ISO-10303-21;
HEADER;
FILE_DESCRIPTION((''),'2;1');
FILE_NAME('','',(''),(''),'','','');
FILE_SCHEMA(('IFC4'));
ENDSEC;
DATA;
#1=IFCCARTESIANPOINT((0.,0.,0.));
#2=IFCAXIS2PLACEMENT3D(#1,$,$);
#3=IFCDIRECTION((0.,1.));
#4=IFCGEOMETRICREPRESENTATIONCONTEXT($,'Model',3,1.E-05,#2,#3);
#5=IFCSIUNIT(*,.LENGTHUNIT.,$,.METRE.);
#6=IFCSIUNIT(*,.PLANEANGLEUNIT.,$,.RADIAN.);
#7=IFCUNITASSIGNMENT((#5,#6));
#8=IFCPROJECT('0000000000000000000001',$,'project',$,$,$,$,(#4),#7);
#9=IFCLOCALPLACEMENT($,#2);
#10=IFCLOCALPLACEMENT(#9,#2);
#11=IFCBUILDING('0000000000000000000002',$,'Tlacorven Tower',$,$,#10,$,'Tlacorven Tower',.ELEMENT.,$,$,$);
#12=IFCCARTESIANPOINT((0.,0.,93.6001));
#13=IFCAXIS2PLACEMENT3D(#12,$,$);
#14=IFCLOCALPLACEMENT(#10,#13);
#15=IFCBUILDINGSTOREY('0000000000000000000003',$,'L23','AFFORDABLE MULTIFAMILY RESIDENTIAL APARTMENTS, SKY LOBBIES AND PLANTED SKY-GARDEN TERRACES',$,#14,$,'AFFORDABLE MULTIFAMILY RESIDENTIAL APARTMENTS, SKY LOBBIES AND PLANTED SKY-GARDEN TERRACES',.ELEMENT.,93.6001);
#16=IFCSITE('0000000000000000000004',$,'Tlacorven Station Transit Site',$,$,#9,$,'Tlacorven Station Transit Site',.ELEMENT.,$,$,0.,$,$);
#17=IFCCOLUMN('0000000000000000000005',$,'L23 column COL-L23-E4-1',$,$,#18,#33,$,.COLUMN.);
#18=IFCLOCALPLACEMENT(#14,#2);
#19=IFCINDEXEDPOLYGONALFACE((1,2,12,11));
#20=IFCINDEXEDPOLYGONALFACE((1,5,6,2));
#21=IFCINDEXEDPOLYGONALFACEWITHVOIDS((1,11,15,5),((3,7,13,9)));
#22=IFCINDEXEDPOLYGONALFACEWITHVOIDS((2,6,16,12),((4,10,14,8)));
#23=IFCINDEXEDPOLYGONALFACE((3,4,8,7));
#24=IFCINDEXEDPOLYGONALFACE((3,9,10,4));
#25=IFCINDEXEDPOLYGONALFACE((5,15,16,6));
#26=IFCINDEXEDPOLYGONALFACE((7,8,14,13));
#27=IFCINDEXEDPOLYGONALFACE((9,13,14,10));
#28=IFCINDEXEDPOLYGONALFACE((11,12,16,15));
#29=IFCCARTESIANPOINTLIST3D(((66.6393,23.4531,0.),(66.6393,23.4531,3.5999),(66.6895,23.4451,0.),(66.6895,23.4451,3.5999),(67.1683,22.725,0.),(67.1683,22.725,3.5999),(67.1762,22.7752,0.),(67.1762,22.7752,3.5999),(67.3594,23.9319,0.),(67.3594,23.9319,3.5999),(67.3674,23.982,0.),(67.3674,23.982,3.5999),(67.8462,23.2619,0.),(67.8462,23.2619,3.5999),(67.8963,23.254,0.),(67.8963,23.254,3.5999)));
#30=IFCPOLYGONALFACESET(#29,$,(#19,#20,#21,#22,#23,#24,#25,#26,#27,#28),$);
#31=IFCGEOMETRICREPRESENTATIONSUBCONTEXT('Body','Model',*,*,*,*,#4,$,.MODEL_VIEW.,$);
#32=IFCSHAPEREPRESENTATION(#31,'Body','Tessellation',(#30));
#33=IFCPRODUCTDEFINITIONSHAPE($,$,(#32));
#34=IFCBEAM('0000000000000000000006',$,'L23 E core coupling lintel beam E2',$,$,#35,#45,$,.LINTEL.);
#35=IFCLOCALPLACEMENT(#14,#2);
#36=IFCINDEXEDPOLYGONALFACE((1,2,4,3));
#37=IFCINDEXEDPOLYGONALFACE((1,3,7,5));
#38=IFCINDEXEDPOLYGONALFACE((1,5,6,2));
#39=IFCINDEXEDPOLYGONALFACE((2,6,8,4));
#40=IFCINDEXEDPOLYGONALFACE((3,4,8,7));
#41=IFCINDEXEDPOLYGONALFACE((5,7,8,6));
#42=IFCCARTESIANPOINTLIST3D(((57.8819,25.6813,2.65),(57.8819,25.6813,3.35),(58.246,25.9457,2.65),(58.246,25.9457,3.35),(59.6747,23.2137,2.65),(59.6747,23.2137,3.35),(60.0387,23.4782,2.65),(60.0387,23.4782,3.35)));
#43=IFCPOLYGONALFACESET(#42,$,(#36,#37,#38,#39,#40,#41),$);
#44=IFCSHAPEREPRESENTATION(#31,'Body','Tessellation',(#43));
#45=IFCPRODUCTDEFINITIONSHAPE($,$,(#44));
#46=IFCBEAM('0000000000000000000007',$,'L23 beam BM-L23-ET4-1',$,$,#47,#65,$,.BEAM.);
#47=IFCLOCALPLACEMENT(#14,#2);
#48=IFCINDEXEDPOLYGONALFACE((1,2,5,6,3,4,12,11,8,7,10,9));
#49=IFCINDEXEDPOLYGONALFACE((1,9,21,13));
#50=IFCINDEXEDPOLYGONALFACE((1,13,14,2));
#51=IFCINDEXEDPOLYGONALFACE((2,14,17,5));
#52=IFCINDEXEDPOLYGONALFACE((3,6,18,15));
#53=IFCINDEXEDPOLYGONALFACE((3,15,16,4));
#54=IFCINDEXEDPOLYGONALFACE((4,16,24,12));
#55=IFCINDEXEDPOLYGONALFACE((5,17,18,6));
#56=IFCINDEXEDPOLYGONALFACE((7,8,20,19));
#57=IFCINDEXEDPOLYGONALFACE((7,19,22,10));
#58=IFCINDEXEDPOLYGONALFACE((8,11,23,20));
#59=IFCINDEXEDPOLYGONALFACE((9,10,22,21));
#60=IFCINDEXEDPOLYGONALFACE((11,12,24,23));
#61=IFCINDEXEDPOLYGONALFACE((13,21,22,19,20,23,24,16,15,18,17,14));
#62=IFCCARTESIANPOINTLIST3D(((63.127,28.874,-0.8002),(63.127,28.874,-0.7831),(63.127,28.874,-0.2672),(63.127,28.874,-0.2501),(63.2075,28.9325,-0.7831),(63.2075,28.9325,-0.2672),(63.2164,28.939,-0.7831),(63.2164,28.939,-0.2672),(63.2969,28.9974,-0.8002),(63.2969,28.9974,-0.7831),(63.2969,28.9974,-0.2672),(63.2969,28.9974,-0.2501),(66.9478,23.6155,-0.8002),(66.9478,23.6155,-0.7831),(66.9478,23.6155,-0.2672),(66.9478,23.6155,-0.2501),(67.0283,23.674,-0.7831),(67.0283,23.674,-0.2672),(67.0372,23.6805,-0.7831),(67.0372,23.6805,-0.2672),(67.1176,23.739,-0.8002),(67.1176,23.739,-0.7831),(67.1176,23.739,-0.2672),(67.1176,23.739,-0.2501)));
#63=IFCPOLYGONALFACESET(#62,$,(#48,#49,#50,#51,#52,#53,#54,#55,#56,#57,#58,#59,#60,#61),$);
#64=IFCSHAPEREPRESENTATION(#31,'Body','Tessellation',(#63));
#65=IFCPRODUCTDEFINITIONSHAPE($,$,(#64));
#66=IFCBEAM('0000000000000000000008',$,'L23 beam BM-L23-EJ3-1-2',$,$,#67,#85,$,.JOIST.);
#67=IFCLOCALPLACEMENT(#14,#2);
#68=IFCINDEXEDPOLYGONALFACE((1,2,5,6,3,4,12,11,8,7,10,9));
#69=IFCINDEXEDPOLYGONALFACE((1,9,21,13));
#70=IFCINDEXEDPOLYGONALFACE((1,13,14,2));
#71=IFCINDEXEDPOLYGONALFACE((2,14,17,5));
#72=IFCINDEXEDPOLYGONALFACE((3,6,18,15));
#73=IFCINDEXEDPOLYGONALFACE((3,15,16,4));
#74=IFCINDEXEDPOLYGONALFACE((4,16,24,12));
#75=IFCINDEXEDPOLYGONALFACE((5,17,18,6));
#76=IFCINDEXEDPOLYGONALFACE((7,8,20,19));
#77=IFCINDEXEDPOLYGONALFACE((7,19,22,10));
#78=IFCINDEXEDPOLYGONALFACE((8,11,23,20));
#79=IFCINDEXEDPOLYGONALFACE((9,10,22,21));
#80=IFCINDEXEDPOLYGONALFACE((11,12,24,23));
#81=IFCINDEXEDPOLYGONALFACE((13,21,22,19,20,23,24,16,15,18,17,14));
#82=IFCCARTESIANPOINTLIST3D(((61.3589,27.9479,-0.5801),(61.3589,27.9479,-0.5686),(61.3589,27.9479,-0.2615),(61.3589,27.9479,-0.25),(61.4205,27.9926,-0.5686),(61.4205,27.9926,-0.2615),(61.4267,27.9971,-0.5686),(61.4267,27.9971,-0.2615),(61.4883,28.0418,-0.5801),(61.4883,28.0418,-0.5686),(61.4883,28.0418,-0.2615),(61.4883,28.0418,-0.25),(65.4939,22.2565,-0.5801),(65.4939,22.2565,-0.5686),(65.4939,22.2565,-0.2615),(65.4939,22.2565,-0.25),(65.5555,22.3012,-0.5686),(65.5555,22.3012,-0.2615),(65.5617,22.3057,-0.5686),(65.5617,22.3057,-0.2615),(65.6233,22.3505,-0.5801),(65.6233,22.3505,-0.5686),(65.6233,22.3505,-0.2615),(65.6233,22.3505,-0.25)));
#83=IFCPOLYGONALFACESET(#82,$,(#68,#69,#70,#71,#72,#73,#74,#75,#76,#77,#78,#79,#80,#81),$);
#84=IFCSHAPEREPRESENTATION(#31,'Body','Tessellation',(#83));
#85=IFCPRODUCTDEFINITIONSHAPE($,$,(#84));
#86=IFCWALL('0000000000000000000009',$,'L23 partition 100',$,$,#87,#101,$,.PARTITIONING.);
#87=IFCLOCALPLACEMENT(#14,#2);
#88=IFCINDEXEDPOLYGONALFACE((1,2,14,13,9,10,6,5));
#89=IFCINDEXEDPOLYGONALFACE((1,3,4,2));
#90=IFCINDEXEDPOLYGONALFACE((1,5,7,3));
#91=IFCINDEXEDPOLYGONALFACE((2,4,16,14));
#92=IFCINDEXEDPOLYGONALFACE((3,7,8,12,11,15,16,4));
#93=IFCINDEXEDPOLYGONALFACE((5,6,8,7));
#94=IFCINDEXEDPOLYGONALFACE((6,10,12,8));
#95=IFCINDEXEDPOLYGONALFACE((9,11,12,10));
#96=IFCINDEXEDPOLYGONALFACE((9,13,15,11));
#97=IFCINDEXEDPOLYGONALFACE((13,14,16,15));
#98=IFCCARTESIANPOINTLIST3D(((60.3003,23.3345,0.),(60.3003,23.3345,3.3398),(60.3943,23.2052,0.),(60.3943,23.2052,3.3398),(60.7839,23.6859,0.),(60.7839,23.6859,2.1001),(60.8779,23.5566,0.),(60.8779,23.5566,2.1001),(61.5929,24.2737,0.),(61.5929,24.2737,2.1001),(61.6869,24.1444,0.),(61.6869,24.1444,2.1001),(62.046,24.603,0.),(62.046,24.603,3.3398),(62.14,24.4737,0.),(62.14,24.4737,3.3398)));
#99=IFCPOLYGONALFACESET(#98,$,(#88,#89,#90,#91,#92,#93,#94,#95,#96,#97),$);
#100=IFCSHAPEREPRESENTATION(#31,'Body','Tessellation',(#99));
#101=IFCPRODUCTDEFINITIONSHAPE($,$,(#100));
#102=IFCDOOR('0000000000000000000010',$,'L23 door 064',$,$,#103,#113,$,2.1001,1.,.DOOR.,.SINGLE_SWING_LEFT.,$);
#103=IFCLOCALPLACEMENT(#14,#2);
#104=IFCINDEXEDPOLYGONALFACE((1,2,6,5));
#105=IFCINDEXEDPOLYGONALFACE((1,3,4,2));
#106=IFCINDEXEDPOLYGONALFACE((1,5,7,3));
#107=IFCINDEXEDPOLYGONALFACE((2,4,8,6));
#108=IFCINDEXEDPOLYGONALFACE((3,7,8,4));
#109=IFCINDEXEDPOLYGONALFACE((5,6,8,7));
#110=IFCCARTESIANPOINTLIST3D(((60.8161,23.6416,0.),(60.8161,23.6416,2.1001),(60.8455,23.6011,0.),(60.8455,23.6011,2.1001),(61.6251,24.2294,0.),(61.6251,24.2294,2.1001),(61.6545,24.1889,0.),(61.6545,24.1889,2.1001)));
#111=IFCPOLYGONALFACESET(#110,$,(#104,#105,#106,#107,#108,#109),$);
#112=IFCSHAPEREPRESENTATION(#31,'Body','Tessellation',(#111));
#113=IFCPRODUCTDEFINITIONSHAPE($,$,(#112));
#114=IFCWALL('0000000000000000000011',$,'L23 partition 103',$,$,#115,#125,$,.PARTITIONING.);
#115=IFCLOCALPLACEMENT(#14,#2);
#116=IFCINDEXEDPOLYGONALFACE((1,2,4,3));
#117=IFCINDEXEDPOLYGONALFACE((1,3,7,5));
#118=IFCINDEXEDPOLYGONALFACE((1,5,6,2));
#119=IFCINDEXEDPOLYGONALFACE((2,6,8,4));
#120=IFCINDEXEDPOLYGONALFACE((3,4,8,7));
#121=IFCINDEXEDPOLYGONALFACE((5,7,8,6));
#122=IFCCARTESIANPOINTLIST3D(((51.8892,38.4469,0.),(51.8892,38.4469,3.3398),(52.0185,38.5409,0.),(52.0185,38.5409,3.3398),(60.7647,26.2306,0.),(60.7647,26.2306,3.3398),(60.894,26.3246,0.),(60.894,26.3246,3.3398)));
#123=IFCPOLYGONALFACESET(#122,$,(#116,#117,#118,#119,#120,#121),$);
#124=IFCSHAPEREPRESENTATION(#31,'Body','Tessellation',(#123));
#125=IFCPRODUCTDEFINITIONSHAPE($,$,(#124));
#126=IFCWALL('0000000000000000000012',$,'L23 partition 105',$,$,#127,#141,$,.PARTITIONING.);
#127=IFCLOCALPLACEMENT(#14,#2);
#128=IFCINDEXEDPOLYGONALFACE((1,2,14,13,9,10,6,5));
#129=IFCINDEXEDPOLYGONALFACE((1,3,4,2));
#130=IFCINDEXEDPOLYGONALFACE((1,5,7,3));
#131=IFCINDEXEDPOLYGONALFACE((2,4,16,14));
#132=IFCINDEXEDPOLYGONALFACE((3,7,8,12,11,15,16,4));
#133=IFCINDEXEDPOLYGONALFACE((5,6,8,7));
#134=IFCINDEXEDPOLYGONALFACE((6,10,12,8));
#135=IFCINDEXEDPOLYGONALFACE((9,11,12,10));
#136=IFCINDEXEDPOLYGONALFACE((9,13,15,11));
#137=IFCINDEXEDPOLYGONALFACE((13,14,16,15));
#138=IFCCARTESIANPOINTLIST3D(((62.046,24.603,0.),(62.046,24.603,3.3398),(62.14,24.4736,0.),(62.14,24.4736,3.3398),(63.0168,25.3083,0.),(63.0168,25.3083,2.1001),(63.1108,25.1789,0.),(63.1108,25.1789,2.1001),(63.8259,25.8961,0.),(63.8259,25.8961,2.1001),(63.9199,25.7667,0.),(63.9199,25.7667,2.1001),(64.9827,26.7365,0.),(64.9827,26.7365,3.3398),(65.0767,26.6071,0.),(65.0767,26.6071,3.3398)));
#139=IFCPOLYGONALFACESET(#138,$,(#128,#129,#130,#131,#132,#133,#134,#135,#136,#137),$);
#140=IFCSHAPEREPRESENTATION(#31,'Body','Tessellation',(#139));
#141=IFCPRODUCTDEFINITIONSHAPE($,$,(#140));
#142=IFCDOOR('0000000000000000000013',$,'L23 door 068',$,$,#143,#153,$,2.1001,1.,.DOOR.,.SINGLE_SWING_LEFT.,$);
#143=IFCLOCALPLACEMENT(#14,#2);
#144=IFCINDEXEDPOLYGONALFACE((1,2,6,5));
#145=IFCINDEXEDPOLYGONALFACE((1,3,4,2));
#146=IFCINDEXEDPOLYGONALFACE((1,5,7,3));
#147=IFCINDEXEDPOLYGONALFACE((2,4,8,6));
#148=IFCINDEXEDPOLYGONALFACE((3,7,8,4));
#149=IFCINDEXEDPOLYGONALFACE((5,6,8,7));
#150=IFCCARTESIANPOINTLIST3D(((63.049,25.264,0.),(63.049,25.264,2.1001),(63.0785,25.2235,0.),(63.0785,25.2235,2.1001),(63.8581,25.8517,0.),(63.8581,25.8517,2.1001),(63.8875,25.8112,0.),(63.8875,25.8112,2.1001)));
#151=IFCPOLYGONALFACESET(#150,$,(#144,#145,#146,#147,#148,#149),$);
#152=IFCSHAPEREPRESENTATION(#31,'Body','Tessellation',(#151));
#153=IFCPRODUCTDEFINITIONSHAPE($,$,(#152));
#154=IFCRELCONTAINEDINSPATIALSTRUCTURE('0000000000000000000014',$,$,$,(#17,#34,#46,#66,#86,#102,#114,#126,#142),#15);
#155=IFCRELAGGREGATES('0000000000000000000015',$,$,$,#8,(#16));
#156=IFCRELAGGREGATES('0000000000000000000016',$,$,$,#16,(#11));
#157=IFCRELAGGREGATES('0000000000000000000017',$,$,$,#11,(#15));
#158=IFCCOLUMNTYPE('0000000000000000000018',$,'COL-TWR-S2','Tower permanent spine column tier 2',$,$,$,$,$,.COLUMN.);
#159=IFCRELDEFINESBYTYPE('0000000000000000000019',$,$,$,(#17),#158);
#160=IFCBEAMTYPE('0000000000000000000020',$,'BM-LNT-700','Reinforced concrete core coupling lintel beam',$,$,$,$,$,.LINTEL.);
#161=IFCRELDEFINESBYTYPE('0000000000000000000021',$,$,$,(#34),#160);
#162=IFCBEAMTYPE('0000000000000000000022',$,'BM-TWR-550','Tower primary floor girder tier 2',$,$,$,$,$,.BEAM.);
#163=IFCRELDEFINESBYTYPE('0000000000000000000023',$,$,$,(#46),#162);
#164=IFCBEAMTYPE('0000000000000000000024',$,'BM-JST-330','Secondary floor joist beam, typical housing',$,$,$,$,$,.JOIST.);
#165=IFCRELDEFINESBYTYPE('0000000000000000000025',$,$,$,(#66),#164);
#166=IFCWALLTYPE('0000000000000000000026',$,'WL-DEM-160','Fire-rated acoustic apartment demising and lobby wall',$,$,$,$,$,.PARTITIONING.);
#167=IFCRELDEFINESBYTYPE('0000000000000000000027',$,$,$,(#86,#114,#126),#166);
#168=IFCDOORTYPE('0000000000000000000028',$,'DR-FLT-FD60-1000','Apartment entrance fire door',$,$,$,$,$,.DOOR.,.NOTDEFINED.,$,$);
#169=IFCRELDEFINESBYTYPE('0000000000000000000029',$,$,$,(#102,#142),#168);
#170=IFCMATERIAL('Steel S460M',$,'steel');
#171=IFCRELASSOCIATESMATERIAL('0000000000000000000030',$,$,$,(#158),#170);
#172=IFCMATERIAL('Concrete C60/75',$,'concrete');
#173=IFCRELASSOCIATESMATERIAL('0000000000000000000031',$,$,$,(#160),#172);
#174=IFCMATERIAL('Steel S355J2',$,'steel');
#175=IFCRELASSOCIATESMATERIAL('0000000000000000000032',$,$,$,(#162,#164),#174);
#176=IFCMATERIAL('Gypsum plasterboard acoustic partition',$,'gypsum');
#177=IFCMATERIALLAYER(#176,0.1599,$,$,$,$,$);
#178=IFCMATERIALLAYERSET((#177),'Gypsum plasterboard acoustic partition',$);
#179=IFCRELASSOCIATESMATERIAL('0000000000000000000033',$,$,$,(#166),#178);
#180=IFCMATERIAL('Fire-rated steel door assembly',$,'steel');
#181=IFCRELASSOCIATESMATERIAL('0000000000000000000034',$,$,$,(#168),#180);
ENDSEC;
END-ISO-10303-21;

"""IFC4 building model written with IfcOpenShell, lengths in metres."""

from ifc_helpers import new_model, si_unit, direction, frame, frame_2d, origin, origin_2d, place, context, subcontext, project, spatial, rectangle, hollow_rectangle, i_section, extrude, source, transform, mapped, material, layer, layer_set, material_profile, profile_set, type_object, element, fill, save


model = new_model("IFC4")

# Units and contexts
model_context = context("Model", 3, precision=1e-05, world=origin(), true_north=direction((0.0, 1.0)))
body_context = subcontext(model_context, "Body", "Model", "MODEL_VIEW")
ifc_project = project(units=[si_unit("LENGTHUNIT", "METRE"), si_unit("PLANEANGLEUNIT", "RADIAN")], contexts=[model_context])

# Site, building, storey
site_placement = place(None, origin())
site = spatial("IfcSite", under=ifc_project, at=site_placement, Name="Tlacorven Station Transit Site", LongName="Tlacorven Station Transit Site", CompositionType="ELEMENT", RefElevation=0.0)
building_placement = place(site_placement, origin())
building = spatial("IfcBuilding", under=site, at=building_placement, Name="Tlacorven Tower", LongName="Tlacorven Tower", CompositionType="ELEMENT")
storey_placement = place(building_placement, frame((0.0, 0.0, 93.6001)))
storey = spatial("IfcBuildingStorey", under=building, at=storey_placement, Name="L23", Description="AFFORDABLE MULTIFAMILY RESIDENTIAL APARTMENTS, SKY LOBBIES AND PLANTED SKY-GARDEN TERRACES", LongName="AFFORDABLE MULTIFAMILY RESIDENTIAL APARTMENTS, SKY LOBBIES AND PLANTED SKY-GARDEN TERRACES", CompositionType="ELEMENT", Elevation=93.6001)

# Column
ifc_material_1 = material(Name="Steel S460M", Category="steel")
ifc_material_profile_1 = material_profile(ifc_material_1, hollow_rectangle(XDim=0.8999, YDim=0.8999, WallThickness=0.0359, at=origin_2d()), Name="BOX 900X900X36")
ifc_profile_set_1 = profile_set([ifc_material_profile_1], Name="Steel S460M")
column_type = type_object("IfcColumnType", Name="COL-TWR-S2", Description="Tower permanent spine column tier 2", PredefinedType="COLUMN", material=ifc_profile_set_1)
shared_shape_1 = source(origin(), body_context, "Body", "SweptSolid", [
    extrude(hollow_rectangle(XDim=0.8999, YDim=0.8999, WallThickness=0.0359, at=origin_2d()), origin(), (0.0, 0.0, 1.0), 3.5999),
])
column_placement = place(storey_placement, frame((67.2678, 23.3535, 0.0), z_axis=(0.0, 0.0, 1.0), x_axis=(0.809017, 0.587785, 0.0)))
element("IfcColumn", 1, at=column_placement, inside=storey, type_object=column_type, Name="L23 column COL-L23-E4-1", PredefinedType="COLUMN", context=body_context, shape_type="MappedRepresentation", body=[
    mapped(shared_shape_1, transform((0.0, 0.0, 0.0), scale=1.0)),
])

# Beams
ifc_material_2 = material(Name="Concrete C60/75", Category="concrete")
ifc_material_profile_2 = material_profile(ifc_material_2, rectangle(XDim=0.45, YDim=0.7, at=origin_2d()), Name="RC 450X700")
ifc_profile_set_2 = profile_set([ifc_material_profile_2], Name="Concrete C60/75")
beam_type_1 = type_object("IfcBeamType", Name="BM-LNT-700", Description="Reinforced concrete core coupling lintel beam", PredefinedType="LINTEL", material=ifc_profile_set_2)
shared_shape_2 = source(origin(), body_context, "Body", "SweptSolid", [
    extrude(rectangle(XDim=0.45, YDim=0.7, at=origin_2d()), origin(), (0.0, 0.0, 1.0), 3.05),
])
beam_1_placement = place(storey_placement, frame((59.8567, 23.3459, 3.0), z_axis=(-0.587777, 0.809023, 0.0), x_axis=(-0.809023, -0.587777, 0.0)))
element("IfcBeam", 2, at=beam_1_placement, inside=storey, type_object=beam_type_1, Name="L23 E core coupling lintel beam E2", PredefinedType="LINTEL", context=body_context, shape_type="MappedRepresentation", body=[
    mapped(shared_shape_2, transform((0.0, 0.0, 0.0), scale=1.0)),
])
ifc_material_3 = material(Name="Steel S355J2", Category="steel")
ifc_material_profile_3 = material_profile(ifc_material_3, i_section(OverallWidth=0.21, OverallDepth=0.55, WebThickness=0.011, FlangeThickness=0.0171, at=origin_2d()), Name="IPE 550")
ifc_profile_set_3 = profile_set([ifc_material_profile_3], Name="Steel S355J2")
beam_type_2 = type_object("IfcBeamType", Name="BM-TWR-550", Description="Tower primary floor girder tier 2", PredefinedType="BEAM", material=ifc_profile_set_3)
shared_shape_3 = source(origin(), body_context, "Body", "SweptSolid", [
    extrude(i_section(OverallWidth=0.21, OverallDepth=0.55, WebThickness=0.011, FlangeThickness=0.0171, at=origin_2d()), origin(), (0.0, 0.0, 1.0), 6.5),
])
beam_2_placement = place(storey_placement, frame((67.0327, 23.6772, -0.5251), z_axis=(-0.58781, 0.808999, 0.0), x_axis=(-0.808999, -0.58781, 0.0)))
element("IfcBeam", 3, at=beam_2_placement, inside=storey, type_object=beam_type_2, Name="L23 beam BM-L23-ET4-1", PredefinedType="BEAM", context=body_context, shape_type="MappedRepresentation", body=[
    mapped(shared_shape_3, transform((0.0, 0.0, 0.0), scale=1.0)),
])
ifc_material_profile_4 = material_profile(ifc_material_3, i_section(OverallWidth=0.1599, OverallDepth=0.3301, WebThickness=0.0076, FlangeThickness=0.0115, at=origin_2d()), Name="IPE 330")
ifc_profile_set_4 = profile_set([ifc_material_profile_4], Name="Steel S355J2")
beam_type_3 = type_object("IfcBeamType", Name="BM-JST-330", Description="Secondary floor joist beam, typical housing", PredefinedType="JOIST", material=ifc_profile_set_4)
shared_shape_4 = source(origin(), body_context, "Body", "SweptSolid", [
    extrude(i_section(OverallWidth=0.1599, OverallDepth=0.3301, WebThickness=0.0076, FlangeThickness=0.0115, at=origin_2d()), origin(), (0.0, 0.0, 1.0), 7.0349),
])
beam_3_placement = place(storey_placement, frame((65.5586, 22.3035, -0.415), z_axis=(-0.587782, 0.80902, 0.0), x_axis=(-0.80902, -0.587782, 0.0)))
element("IfcBeam", 4, at=beam_3_placement, inside=storey, type_object=beam_type_3, Name="L23 beam BM-L23-EJ3-1-2", PredefinedType="JOIST", context=body_context, shape_type="MappedRepresentation", body=[
    mapped(shared_shape_4, transform((0.0, 0.0, 0.0), scale=1.0)),
])

# Wall, opening, door
ifc_material_4 = material(Name="Gypsum plasterboard acoustic partition", Category="gypsum")
ifc_layer_1 = layer(ifc_material_4, 0.1599)
ifc_layer_set_1 = layer_set([ifc_layer_1], Name="Gypsum plasterboard acoustic partition")
wall_type_1 = type_object("IfcWallType", Name="WL-DEM-160", Description="Fire-rated acoustic apartment demising and lobby wall", PredefinedType="PARTITIONING", material=ifc_layer_set_1)
wall_1_placement = place(storey_placement, frame((60.3472, 23.2698, 0.0), z_axis=(0.0, 0.0, 1.0), x_axis=(0.80899, 0.587822, 0.0)))
wall_1 = element("IfcWall", 5, at=wall_1_placement, inside=storey, type_object=wall_type_1, Name="L23 partition 100", PredefinedType="PARTITIONING", context=body_context, shape_type="SweptSolid", body=[
    extrude(rectangle(XDim=2.158, YDim=0.1599, at=frame_2d((1.0791, 0.0))), origin(), (0.0, 0.0, 1.0), 3.3398),
])
opening_1_placement = place(wall_1_placement, frame((0.5979, 0.0, 0.0)))
opening_1 = element("IfcOpeningElement", 6, at=opening_1_placement, cuts=wall_1, PredefinedType="OPENING", context=body_context, shape_type="SweptSolid", body=[
    extrude(rectangle(XDim=1.0, YDim=2.1001, at=frame_2d((0.5, 1.05))), frame((0.0, 0.0898, 0.0), z_axis=(0.0, -1.0, 0.0), x_axis=(1.0, 0.0, 0.0)), (0.0, 0.0, 1.0), 0.1799),
])
ifc_material_5 = material(Name="Fire-rated steel door assembly", Category="steel")
door_type_1 = type_object("IfcDoorType", Name="DR-FLT-FD60-1000", Description="Apartment entrance fire door", OperationType="NOTDEFINED", PredefinedType="DOOR", material=ifc_material_5)
shared_shape_5 = source(origin(), body_context, "Body", "SweptSolid", [
    extrude(rectangle(XDim=1.0, YDim=2.1001, at=frame_2d((0.5, 1.05))), frame((0.0, 0.0249, 0.0), z_axis=(0.0, -1.0, 0.0), x_axis=(1.0, 0.0, 0.0)), (0.0, 0.0, 1.0), 0.05),
])
door_1_placement = place(opening_1_placement, frame((1.0, 0.0, 0.0), z_axis=(0.0, 0.0, 1.0), x_axis=(-1.0, 0.0, 0.0)))
door_1 = element("IfcDoor", 7, at=door_1_placement, inside=storey, type_object=door_type_1, Name="L23 door 064", OperationType="SINGLE_SWING_LEFT", OverallHeight=2.1001, OverallWidth=1.0, PredefinedType="DOOR", context=body_context, shape_type="MappedRepresentation", body=[
    mapped(shared_shape_5, transform((0.0, 0.0, 0.0), scale=1.0)),
])
fill(opening_1, door_1)

# Wall
wall_2_placement = place(storey_placement, frame((60.8293, 26.2776, 0.0), z_axis=(0.0, 0.0, 1.0), x_axis=(-0.587777, 0.809023, 0.0)))
element("IfcWall", 8, at=wall_2_placement, inside=storey, type_object=wall_type_1, Name="L23 partition 103", PredefinedType="PARTITIONING", context=body_context, shape_type="SweptSolid", body=[
    extrude(rectangle(XDim=15.1001, YDim=0.1599, at=frame_2d((7.55, 0.0))), origin(), (0.0, 0.0, 1.0), 3.3398),
])

# Wall, opening, door
wall_3_placement = place(storey_placement, frame((62.093, 24.5383, 0.0), z_axis=(0.0, 0.0, 1.0), x_axis=(0.809036, 0.58776, 0.0)))
wall_3 = element("IfcWall", 9, at=wall_3_placement, inside=storey, type_object=wall_type_1, Name="L23 partition 105", PredefinedType="PARTITIONING", context=body_context, shape_type="SweptSolid", body=[
    extrude(rectangle(XDim=3.6299, YDim=0.1599, at=frame_2d((1.8149, 0.0))), origin(), (0.0, 0.0, 1.0), 3.3398),
])
opening_2_placement = place(wall_3_placement, frame((1.2, 0.0, 0.0)))
opening_2 = element("IfcOpeningElement", 10, at=opening_2_placement, cuts=wall_3, PredefinedType="OPENING", context=body_context, shape_type="SweptSolid", body=[
    extrude(rectangle(XDim=1.0, YDim=2.1001, at=frame_2d((0.5, 1.05))), frame((0.0, 0.0898, 0.0), z_axis=(0.0, -1.0, 0.0), x_axis=(1.0, 0.0, 0.0)), (0.0, 0.0, 1.0), 0.1799),
])
door_2_placement = place(opening_2_placement, frame((1.0, 0.0, 0.0), z_axis=(0.0, 0.0, 1.0), x_axis=(-1.0, 0.0, 0.0)))
door_2 = element("IfcDoor", 11, at=door_2_placement, inside=storey, type_object=door_type_1, Name="L23 door 068", OperationType="SINGLE_SWING_LEFT", OverallHeight=2.1001, OverallWidth=1.0, PredefinedType="DOOR", context=body_context, shape_type="MappedRepresentation", body=[
    mapped(shared_shape_5, transform((0.0, 0.0, 0.0), scale=1.0)),
])
fill(opening_2, door_2)

save(model, "model.ifc")
